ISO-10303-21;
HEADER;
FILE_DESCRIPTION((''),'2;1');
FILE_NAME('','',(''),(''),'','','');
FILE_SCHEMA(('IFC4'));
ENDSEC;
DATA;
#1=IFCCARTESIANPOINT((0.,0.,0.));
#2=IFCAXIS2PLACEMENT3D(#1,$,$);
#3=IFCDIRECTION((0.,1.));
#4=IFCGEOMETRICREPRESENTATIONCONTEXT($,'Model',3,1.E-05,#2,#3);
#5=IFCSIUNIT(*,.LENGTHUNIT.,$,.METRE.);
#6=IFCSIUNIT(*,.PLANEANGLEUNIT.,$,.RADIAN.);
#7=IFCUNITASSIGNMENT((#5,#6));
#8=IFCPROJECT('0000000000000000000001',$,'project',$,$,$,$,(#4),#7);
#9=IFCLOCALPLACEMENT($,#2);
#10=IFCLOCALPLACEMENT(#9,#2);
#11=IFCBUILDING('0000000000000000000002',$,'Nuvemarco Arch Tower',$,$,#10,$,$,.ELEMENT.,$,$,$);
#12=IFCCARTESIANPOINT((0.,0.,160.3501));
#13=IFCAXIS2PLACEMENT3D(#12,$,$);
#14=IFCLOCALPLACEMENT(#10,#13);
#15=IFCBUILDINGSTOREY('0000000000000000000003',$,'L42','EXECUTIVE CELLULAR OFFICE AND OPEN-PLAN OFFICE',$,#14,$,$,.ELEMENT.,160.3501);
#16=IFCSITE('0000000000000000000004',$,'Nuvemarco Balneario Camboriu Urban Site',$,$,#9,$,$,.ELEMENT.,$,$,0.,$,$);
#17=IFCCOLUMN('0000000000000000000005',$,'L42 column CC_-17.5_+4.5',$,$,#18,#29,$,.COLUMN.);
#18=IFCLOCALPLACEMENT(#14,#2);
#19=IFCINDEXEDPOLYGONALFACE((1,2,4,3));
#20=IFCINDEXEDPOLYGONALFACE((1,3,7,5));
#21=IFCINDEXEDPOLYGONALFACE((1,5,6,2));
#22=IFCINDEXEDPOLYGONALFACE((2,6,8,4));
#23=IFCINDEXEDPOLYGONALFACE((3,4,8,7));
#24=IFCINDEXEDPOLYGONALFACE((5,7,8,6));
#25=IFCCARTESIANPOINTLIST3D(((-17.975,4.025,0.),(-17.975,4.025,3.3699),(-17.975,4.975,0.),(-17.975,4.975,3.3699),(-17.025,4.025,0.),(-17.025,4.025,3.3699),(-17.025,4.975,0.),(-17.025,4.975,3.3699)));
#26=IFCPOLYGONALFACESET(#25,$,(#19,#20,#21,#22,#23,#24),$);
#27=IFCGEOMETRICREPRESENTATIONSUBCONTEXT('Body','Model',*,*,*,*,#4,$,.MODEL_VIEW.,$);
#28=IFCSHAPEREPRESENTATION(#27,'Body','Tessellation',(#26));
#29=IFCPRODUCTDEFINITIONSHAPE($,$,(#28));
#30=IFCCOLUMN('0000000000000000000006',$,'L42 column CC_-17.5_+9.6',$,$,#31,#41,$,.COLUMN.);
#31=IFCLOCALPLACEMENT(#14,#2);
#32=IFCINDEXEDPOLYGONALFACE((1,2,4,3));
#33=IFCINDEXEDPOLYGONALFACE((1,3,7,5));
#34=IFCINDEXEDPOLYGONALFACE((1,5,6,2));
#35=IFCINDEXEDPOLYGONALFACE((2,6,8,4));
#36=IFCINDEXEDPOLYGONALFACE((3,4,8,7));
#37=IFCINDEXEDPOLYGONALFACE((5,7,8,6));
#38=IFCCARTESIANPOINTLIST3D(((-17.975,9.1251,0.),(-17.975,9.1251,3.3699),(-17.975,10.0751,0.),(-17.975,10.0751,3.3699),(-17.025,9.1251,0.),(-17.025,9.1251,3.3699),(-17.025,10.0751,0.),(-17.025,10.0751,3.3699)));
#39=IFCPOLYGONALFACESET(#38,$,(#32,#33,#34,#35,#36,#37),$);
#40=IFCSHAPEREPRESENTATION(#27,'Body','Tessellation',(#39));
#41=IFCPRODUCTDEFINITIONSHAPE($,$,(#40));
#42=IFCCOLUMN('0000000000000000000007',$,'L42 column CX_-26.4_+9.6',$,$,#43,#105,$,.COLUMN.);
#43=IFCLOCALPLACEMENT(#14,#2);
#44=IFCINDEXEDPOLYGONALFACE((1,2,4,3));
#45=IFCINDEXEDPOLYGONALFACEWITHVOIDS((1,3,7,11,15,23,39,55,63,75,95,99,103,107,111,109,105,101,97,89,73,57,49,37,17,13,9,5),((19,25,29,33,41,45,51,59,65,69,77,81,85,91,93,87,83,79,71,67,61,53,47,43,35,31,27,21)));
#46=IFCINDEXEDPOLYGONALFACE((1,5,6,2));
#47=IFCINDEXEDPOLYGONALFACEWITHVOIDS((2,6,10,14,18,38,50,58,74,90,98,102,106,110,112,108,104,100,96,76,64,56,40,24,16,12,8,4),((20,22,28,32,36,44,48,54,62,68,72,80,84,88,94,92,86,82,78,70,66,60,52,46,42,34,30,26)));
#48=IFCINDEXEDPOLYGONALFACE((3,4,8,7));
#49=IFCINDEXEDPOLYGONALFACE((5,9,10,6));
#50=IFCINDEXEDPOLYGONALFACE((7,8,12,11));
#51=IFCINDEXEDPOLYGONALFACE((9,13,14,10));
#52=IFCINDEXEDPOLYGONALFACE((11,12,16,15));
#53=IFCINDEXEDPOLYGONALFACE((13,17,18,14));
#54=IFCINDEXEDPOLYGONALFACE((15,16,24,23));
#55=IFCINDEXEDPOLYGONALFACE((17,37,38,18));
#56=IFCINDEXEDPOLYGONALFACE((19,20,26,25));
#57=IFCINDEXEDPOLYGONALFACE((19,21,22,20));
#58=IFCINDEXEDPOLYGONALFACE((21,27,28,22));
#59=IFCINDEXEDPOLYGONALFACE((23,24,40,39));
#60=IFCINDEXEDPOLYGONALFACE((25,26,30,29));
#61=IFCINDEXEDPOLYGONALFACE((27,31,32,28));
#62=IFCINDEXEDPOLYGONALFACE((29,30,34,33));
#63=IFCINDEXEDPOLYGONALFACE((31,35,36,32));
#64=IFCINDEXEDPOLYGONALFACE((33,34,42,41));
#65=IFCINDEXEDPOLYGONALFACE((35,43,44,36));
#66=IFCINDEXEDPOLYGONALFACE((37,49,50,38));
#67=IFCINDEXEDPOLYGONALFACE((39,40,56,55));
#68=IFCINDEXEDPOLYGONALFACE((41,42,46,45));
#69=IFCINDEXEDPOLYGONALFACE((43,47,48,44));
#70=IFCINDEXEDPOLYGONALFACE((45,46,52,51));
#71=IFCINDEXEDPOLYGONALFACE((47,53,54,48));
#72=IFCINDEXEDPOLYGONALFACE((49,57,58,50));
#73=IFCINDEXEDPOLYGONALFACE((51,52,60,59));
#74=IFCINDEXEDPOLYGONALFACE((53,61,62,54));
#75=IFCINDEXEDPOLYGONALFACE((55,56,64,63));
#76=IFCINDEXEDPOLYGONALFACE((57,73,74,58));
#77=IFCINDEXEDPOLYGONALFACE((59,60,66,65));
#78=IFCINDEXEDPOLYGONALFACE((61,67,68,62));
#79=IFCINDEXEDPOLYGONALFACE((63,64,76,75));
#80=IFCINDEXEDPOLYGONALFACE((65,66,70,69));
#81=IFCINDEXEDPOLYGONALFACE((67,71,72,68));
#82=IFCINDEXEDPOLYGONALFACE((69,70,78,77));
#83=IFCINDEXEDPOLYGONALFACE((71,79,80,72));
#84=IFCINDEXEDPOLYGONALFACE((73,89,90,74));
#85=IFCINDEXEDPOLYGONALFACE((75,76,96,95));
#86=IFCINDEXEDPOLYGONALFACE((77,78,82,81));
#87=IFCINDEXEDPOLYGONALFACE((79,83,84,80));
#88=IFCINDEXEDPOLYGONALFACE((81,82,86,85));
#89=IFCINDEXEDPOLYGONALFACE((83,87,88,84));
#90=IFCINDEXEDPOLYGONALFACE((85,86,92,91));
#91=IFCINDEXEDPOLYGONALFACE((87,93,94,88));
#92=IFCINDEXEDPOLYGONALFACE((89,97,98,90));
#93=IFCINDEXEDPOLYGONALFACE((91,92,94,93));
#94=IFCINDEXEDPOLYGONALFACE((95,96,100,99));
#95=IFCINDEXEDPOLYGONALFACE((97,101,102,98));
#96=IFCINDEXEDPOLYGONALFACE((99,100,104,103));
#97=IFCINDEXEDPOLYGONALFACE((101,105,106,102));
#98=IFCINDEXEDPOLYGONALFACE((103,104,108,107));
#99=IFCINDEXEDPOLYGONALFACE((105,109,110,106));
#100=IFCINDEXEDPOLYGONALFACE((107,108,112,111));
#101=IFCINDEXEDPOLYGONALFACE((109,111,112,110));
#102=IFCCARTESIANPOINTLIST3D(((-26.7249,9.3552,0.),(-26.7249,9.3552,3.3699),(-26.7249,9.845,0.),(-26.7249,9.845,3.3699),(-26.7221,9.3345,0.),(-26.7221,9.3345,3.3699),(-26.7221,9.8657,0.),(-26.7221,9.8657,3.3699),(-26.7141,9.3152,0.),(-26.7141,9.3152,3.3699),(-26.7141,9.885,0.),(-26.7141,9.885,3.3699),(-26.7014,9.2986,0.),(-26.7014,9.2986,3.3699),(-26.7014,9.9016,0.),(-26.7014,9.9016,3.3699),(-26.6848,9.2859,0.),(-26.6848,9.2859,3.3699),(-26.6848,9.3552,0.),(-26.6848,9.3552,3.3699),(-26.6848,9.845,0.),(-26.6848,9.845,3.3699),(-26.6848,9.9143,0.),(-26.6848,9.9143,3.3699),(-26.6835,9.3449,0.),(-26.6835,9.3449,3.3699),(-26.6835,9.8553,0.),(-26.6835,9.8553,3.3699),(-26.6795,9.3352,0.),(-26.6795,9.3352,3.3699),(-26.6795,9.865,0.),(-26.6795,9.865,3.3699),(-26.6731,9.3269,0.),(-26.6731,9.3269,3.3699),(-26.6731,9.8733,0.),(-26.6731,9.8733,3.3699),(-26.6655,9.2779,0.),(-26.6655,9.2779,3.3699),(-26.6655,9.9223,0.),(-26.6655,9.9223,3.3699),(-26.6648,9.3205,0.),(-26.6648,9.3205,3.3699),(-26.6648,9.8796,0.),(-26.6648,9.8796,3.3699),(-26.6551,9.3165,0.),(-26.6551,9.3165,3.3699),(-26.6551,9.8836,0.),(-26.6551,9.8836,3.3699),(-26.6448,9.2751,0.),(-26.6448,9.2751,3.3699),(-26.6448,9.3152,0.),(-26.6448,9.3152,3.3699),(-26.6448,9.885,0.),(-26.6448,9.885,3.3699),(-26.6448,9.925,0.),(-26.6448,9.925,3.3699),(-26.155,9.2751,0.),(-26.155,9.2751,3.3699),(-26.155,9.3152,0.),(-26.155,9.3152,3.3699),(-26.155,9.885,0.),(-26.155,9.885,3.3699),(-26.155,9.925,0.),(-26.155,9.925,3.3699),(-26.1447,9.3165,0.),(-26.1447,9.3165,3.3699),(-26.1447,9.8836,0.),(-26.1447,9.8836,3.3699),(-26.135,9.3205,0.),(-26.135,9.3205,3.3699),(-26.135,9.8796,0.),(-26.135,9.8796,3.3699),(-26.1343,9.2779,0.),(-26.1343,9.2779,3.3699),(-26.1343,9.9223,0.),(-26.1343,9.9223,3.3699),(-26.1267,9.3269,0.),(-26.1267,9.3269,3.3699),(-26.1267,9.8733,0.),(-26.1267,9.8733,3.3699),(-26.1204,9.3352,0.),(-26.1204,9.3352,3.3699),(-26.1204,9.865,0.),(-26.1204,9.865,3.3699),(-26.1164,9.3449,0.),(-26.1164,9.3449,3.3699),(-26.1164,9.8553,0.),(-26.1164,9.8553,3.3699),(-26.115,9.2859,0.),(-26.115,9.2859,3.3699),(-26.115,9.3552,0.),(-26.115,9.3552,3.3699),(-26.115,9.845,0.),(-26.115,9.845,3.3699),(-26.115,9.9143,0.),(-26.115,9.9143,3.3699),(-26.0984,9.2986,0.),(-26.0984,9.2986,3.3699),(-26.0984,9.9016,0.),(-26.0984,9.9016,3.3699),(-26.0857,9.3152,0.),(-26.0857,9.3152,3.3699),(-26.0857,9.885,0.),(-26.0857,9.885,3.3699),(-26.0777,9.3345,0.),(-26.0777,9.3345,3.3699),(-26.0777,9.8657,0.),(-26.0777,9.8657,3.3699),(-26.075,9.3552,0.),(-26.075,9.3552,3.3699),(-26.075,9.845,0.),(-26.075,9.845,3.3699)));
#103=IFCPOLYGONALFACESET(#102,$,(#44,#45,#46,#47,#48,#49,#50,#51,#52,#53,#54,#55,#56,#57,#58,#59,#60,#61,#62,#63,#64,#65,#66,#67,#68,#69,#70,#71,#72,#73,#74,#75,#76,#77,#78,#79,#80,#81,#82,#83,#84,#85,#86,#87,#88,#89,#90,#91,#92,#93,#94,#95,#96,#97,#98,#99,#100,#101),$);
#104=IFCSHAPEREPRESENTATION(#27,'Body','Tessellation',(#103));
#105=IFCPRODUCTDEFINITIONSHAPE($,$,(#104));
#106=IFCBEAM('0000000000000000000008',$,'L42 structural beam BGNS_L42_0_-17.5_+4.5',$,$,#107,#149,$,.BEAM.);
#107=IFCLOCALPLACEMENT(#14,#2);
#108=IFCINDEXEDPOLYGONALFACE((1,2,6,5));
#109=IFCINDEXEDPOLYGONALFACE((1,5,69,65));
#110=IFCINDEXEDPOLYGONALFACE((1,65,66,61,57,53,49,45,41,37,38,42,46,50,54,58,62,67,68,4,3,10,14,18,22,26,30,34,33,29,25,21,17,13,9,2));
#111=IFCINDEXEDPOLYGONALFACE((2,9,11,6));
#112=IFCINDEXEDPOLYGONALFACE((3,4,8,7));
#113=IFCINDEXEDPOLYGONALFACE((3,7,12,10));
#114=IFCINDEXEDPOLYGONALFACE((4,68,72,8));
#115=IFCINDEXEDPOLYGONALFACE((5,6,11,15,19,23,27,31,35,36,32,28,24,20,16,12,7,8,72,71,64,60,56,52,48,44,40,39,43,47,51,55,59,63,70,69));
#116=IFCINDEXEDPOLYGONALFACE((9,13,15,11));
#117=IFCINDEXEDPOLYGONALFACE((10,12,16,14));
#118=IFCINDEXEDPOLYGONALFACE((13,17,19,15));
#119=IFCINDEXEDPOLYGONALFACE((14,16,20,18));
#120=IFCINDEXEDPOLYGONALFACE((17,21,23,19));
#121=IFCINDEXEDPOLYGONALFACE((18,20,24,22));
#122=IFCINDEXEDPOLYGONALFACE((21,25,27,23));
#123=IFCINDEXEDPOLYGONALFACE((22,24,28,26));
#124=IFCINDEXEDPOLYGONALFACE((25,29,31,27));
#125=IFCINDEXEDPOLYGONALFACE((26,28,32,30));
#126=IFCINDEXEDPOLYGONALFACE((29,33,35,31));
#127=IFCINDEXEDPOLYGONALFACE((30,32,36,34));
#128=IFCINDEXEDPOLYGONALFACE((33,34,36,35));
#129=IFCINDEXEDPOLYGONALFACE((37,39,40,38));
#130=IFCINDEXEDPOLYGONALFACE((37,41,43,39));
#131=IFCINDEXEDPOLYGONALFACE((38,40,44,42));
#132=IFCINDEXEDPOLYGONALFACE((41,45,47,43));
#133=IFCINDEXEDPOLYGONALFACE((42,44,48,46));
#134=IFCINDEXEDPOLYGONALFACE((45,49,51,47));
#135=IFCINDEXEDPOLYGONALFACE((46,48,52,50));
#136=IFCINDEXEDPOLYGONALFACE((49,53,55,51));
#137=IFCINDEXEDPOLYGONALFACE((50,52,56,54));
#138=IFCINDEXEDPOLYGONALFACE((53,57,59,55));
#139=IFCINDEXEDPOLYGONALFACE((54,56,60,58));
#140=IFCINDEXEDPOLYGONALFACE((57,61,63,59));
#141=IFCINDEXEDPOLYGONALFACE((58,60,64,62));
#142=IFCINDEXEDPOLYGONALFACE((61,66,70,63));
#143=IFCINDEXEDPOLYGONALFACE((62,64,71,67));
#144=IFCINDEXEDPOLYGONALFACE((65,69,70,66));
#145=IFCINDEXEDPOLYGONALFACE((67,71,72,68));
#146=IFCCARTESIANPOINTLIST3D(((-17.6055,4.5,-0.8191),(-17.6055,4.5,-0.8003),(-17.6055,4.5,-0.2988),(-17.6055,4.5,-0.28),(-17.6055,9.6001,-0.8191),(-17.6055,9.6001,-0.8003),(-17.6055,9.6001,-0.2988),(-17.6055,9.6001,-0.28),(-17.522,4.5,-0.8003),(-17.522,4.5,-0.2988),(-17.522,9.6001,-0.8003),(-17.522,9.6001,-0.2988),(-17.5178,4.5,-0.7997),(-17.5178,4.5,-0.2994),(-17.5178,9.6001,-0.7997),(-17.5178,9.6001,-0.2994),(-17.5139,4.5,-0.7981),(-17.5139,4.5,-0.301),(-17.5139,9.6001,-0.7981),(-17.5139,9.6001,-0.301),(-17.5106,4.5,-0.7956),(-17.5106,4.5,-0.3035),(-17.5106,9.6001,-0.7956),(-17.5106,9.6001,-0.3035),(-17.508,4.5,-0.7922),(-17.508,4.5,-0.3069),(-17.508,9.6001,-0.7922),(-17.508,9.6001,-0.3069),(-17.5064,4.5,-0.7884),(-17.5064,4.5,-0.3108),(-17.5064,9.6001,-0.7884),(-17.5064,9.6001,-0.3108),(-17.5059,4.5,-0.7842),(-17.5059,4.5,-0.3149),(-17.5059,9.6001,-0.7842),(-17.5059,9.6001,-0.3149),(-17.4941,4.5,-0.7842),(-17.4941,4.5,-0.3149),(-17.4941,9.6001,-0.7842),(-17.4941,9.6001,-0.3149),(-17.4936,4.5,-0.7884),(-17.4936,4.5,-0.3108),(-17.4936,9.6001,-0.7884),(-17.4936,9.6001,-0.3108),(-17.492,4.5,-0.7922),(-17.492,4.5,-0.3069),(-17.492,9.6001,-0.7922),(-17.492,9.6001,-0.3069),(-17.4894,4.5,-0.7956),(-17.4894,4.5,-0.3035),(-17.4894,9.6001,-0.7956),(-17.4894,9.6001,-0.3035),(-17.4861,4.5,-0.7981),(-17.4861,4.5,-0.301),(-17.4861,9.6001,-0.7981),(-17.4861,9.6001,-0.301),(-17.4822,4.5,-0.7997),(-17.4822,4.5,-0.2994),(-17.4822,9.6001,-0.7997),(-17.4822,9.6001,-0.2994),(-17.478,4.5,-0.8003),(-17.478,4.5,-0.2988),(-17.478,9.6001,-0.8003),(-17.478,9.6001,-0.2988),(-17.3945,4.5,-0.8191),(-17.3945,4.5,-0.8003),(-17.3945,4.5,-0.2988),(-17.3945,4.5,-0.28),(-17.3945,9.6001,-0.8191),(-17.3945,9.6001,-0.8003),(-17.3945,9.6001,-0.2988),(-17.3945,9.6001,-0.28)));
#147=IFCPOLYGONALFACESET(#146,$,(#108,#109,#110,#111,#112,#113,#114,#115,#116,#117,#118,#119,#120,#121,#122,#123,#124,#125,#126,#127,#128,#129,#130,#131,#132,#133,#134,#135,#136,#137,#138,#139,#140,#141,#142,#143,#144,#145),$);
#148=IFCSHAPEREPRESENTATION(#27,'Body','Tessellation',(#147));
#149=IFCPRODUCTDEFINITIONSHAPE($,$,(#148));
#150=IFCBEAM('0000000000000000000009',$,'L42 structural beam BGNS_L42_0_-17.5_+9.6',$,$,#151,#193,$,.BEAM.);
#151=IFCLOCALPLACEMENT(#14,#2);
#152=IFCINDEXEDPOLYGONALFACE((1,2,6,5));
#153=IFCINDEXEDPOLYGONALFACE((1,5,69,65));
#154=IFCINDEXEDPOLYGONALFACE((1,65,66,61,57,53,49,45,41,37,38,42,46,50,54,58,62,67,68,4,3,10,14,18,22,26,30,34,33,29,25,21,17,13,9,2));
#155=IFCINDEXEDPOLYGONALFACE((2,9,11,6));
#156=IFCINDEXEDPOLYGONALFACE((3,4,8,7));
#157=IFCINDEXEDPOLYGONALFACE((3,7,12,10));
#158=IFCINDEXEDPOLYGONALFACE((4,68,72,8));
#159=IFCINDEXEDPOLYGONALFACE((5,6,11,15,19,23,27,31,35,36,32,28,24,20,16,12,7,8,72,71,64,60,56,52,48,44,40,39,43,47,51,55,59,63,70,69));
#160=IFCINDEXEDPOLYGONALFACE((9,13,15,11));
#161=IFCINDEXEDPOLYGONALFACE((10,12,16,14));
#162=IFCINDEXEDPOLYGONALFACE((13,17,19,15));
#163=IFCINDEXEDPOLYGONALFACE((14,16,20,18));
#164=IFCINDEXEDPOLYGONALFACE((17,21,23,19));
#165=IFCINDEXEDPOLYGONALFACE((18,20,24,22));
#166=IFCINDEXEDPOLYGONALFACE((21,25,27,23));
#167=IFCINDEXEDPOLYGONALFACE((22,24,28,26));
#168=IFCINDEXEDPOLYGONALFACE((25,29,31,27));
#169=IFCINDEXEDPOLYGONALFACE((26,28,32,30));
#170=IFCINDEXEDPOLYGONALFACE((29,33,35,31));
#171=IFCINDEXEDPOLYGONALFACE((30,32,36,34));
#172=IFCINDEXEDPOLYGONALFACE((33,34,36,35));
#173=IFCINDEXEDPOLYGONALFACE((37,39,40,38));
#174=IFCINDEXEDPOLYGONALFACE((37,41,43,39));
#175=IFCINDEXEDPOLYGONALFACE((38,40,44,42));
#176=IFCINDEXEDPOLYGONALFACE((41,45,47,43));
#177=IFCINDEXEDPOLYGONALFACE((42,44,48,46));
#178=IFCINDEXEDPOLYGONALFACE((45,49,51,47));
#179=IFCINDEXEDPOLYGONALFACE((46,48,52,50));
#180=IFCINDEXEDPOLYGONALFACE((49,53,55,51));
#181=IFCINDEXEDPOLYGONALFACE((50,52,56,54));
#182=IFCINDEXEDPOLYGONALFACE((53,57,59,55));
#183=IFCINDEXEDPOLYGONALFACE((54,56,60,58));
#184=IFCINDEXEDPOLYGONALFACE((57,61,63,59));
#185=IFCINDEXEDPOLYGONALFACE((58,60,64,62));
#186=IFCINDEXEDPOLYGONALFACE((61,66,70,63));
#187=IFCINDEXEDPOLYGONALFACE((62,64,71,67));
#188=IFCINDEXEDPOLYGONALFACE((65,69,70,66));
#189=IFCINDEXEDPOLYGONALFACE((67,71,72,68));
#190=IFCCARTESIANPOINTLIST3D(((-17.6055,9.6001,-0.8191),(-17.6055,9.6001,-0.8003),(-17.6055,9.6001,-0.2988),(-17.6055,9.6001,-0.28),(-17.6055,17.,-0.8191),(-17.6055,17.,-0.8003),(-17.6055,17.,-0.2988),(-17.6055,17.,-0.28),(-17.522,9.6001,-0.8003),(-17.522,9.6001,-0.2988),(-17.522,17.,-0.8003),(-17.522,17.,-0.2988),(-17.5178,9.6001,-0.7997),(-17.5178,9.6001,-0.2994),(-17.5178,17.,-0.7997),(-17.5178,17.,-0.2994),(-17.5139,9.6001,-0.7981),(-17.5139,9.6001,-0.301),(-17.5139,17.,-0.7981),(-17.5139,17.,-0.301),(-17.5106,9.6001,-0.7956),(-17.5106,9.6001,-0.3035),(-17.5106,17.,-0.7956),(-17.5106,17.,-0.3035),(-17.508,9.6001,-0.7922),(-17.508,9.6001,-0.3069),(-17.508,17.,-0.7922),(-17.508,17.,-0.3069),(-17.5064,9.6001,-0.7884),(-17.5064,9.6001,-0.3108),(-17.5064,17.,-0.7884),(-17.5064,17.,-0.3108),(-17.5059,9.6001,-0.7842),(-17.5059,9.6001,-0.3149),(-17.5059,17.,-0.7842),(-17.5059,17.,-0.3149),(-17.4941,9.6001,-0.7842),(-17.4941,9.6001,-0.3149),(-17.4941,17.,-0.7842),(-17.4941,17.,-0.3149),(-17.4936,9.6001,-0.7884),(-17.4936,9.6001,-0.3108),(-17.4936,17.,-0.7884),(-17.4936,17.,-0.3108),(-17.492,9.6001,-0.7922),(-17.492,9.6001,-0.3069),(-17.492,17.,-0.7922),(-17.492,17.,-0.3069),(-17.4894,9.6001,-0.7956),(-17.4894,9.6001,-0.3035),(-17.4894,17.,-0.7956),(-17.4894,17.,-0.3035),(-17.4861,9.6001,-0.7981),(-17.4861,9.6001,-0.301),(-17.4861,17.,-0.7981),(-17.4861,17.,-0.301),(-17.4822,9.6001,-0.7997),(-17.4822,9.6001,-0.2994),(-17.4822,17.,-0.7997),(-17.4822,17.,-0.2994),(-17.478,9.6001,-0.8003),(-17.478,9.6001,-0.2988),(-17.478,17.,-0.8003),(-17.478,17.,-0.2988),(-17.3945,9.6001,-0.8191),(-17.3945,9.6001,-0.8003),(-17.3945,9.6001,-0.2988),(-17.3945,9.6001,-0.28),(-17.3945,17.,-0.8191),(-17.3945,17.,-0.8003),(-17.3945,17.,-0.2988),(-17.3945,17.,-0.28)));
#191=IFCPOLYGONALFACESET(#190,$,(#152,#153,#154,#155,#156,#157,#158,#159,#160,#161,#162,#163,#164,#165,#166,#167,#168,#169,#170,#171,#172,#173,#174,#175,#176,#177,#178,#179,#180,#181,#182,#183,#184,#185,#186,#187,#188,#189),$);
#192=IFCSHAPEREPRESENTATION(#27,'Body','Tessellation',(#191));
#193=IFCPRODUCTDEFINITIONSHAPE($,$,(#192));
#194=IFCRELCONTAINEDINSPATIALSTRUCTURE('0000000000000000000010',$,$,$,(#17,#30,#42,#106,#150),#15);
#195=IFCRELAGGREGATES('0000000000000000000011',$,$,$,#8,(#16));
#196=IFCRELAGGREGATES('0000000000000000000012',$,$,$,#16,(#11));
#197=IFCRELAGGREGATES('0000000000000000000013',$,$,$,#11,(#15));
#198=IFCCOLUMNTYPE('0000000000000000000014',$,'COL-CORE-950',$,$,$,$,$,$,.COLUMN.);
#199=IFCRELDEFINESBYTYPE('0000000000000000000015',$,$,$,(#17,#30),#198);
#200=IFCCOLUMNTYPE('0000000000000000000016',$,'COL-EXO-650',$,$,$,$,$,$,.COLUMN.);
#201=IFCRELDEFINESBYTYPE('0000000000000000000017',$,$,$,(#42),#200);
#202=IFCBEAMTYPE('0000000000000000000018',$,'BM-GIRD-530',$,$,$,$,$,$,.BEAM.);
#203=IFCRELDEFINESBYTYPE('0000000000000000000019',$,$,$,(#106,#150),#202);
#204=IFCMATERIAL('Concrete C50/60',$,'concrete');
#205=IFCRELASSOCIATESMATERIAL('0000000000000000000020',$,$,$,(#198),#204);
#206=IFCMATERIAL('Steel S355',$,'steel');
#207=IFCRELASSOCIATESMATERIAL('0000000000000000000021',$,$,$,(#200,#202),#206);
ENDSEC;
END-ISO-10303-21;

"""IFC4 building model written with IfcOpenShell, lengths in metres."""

from ifc_helpers import new_model, si_unit, direction, frame, origin, origin_2d, place, context, subcontext, project, spatial, rectangle, hollow_rectangle, i_section, extrude, material, material_profile, profile_set, type_object, element, save


model = new_model("IFC4")

# Units and contexts
model_context = context("Model", 3, precision=1e-05, world=origin(), true_north=direction((0.0, 1.0)))
body_context = subcontext(model_context, "Body", "Model", "MODEL_VIEW")
ifc_project = project(units=[si_unit("LENGTHUNIT", "METRE"), si_unit("PLANEANGLEUNIT", "RADIAN")], contexts=[model_context])

# Site, building, storey
site_placement = place(None, origin())
site = spatial("IfcSite", under=ifc_project, at=site_placement, Name="Nuvemarco Balneario Camboriu Urban Site", CompositionType="ELEMENT", RefElevation=0.0)
building_placement = place(site_placement, origin())
building = spatial("IfcBuilding", under=site, at=building_placement, Name="Nuvemarco Arch Tower", CompositionType="ELEMENT")
storey_placement = place(building_placement, frame((0.0, 0.0, 160.3501)))
storey = spatial("IfcBuildingStorey", under=building, at=storey_placement, Name="L42", Description="EXECUTIVE CELLULAR OFFICE AND OPEN-PLAN OFFICE", CompositionType="ELEMENT", Elevation=160.3501)

# Columns
ifc_material_1 = material(Name="Concrete C50/60", Category="concrete")
ifc_material_profile_1 = material_profile(ifc_material_1, rectangle(XDim=0.95, YDim=0.95, at=origin_2d()), Name="RC-COL-950x950")
ifc_profile_set_1 = profile_set([ifc_material_profile_1], Name="Concrete C50/60")
column_type_1 = type_object("IfcColumnType", Name="COL-CORE-950", PredefinedType="COLUMN", material=ifc_profile_set_1)
for number, where, z_axis, x_axis, name in (
    (1, (-17.5, 4.5, 0.0), (0.0, 0.0, 1.0), (1.0, 0.0, 0.0), "L42 column CC_-17.5_+4.5"),
    (2, (-17.5, 9.6001, 0.0), (0.0, 0.0, 1.0), (1.0, 0.0, 0.0), "L42 column CC_-17.5_+9.6"),
):
    element("IfcColumn", number, at=place(storey_placement, frame(where, z_axis=z_axis, x_axis=x_axis)), inside=storey, type_object=column_type_1, Name=name, PredefinedType="COLUMN", context=body_context, shape_type="SweptSolid", body=[
        extrude(rectangle(XDim=0.95, YDim=0.95, at=origin_2d()), origin(), (0.0, 0.0, 1.0), 3.3699),
    ])
ifc_material_2 = material(Name="Steel S355", Category="steel")
ifc_material_profile_2 = material_profile(ifc_material_2, hollow_rectangle(XDim=0.6499, YDim=0.6499, WallThickness=0.04, InnerFilletRadius=0.04, OuterFilletRadius=0.0801, at=origin_2d()), Name="SHS650x650x40")
ifc_profile_set_2 = profile_set([ifc_material_profile_2], Name="Steel S355")
column_type_2 = type_object("IfcColumnType", Name="COL-EXO-650", PredefinedType="COLUMN", material=ifc_profile_set_2)
column_placement = place(storey_placement, frame((-26.3999, 9.6001, 0.0), z_axis=(0.0, 0.0, 1.0), x_axis=(1.0, 0.0, 0.0)))
element("IfcColumn", 3, at=column_placement, inside=storey, type_object=column_type_2, Name="L42 column CX_-26.4_+9.6", PredefinedType="COLUMN", context=body_context, shape_type="SweptSolid", body=[
    extrude(hollow_rectangle(XDim=0.6499, YDim=0.6499, WallThickness=0.04, InnerFilletRadius=0.04, OuterFilletRadius=0.0801, at=origin_2d()), origin(), (0.0, 0.0, 1.0), 3.3699),
])

# Beams
ifc_material_profile_3 = material_profile(ifc_material_2, i_section(OverallWidth=0.2109, OverallDepth=0.5391, WebThickness=0.0117, FlangeThickness=0.0188, FilletRadius=0.0161, at=origin_2d()), Name="W530x109")
ifc_profile_set_3 = profile_set([ifc_material_profile_3], Name="Steel S355")
beam_type_1 = type_object("IfcBeamType", Name="BM-GIRD-530", PredefinedType="BEAM", material=ifc_profile_set_3)
beam_1_placement = place(storey_placement, frame((-17.5, 4.5, -0.5496), z_axis=(0.0, 1.0, 0.0), x_axis=(-1.0, 0.0, 0.0)))
element("IfcBeam", 4, at=beam_1_placement, inside=storey, type_object=beam_type_1, Name="L42 structural beam BGNS_L42_0_-17.5_+4.5", PredefinedType="BEAM", context=body_context, shape_type="SweptSolid", body=[
    extrude(i_section(OverallWidth=0.2109, OverallDepth=0.5391, WebThickness=0.0117, FlangeThickness=0.0188, FilletRadius=0.0161, at=origin_2d()), origin(), (0.0, 0.0, 1.0), 5.1001),
])
beam_2_placement = place(storey_placement, frame((-17.5, 9.6001, -0.5496), z_axis=(0.0, 1.0, 0.0), x_axis=(-1.0, 0.0, 0.0)))
element("IfcBeam", 5, at=beam_2_placement, inside=storey, type_object=beam_type_1, Name="L42 structural beam BGNS_L42_0_-17.5_+9.6", PredefinedType="BEAM", context=body_context, shape_type="SweptSolid", body=[
    extrude(i_section(OverallWidth=0.2109, OverallDepth=0.5391, WebThickness=0.0117, FlangeThickness=0.0188, FilletRadius=0.0161, at=origin_2d()), origin(), (0.0, 0.0, 1.0), 7.3999),
])

save(model, "model.ifc")
